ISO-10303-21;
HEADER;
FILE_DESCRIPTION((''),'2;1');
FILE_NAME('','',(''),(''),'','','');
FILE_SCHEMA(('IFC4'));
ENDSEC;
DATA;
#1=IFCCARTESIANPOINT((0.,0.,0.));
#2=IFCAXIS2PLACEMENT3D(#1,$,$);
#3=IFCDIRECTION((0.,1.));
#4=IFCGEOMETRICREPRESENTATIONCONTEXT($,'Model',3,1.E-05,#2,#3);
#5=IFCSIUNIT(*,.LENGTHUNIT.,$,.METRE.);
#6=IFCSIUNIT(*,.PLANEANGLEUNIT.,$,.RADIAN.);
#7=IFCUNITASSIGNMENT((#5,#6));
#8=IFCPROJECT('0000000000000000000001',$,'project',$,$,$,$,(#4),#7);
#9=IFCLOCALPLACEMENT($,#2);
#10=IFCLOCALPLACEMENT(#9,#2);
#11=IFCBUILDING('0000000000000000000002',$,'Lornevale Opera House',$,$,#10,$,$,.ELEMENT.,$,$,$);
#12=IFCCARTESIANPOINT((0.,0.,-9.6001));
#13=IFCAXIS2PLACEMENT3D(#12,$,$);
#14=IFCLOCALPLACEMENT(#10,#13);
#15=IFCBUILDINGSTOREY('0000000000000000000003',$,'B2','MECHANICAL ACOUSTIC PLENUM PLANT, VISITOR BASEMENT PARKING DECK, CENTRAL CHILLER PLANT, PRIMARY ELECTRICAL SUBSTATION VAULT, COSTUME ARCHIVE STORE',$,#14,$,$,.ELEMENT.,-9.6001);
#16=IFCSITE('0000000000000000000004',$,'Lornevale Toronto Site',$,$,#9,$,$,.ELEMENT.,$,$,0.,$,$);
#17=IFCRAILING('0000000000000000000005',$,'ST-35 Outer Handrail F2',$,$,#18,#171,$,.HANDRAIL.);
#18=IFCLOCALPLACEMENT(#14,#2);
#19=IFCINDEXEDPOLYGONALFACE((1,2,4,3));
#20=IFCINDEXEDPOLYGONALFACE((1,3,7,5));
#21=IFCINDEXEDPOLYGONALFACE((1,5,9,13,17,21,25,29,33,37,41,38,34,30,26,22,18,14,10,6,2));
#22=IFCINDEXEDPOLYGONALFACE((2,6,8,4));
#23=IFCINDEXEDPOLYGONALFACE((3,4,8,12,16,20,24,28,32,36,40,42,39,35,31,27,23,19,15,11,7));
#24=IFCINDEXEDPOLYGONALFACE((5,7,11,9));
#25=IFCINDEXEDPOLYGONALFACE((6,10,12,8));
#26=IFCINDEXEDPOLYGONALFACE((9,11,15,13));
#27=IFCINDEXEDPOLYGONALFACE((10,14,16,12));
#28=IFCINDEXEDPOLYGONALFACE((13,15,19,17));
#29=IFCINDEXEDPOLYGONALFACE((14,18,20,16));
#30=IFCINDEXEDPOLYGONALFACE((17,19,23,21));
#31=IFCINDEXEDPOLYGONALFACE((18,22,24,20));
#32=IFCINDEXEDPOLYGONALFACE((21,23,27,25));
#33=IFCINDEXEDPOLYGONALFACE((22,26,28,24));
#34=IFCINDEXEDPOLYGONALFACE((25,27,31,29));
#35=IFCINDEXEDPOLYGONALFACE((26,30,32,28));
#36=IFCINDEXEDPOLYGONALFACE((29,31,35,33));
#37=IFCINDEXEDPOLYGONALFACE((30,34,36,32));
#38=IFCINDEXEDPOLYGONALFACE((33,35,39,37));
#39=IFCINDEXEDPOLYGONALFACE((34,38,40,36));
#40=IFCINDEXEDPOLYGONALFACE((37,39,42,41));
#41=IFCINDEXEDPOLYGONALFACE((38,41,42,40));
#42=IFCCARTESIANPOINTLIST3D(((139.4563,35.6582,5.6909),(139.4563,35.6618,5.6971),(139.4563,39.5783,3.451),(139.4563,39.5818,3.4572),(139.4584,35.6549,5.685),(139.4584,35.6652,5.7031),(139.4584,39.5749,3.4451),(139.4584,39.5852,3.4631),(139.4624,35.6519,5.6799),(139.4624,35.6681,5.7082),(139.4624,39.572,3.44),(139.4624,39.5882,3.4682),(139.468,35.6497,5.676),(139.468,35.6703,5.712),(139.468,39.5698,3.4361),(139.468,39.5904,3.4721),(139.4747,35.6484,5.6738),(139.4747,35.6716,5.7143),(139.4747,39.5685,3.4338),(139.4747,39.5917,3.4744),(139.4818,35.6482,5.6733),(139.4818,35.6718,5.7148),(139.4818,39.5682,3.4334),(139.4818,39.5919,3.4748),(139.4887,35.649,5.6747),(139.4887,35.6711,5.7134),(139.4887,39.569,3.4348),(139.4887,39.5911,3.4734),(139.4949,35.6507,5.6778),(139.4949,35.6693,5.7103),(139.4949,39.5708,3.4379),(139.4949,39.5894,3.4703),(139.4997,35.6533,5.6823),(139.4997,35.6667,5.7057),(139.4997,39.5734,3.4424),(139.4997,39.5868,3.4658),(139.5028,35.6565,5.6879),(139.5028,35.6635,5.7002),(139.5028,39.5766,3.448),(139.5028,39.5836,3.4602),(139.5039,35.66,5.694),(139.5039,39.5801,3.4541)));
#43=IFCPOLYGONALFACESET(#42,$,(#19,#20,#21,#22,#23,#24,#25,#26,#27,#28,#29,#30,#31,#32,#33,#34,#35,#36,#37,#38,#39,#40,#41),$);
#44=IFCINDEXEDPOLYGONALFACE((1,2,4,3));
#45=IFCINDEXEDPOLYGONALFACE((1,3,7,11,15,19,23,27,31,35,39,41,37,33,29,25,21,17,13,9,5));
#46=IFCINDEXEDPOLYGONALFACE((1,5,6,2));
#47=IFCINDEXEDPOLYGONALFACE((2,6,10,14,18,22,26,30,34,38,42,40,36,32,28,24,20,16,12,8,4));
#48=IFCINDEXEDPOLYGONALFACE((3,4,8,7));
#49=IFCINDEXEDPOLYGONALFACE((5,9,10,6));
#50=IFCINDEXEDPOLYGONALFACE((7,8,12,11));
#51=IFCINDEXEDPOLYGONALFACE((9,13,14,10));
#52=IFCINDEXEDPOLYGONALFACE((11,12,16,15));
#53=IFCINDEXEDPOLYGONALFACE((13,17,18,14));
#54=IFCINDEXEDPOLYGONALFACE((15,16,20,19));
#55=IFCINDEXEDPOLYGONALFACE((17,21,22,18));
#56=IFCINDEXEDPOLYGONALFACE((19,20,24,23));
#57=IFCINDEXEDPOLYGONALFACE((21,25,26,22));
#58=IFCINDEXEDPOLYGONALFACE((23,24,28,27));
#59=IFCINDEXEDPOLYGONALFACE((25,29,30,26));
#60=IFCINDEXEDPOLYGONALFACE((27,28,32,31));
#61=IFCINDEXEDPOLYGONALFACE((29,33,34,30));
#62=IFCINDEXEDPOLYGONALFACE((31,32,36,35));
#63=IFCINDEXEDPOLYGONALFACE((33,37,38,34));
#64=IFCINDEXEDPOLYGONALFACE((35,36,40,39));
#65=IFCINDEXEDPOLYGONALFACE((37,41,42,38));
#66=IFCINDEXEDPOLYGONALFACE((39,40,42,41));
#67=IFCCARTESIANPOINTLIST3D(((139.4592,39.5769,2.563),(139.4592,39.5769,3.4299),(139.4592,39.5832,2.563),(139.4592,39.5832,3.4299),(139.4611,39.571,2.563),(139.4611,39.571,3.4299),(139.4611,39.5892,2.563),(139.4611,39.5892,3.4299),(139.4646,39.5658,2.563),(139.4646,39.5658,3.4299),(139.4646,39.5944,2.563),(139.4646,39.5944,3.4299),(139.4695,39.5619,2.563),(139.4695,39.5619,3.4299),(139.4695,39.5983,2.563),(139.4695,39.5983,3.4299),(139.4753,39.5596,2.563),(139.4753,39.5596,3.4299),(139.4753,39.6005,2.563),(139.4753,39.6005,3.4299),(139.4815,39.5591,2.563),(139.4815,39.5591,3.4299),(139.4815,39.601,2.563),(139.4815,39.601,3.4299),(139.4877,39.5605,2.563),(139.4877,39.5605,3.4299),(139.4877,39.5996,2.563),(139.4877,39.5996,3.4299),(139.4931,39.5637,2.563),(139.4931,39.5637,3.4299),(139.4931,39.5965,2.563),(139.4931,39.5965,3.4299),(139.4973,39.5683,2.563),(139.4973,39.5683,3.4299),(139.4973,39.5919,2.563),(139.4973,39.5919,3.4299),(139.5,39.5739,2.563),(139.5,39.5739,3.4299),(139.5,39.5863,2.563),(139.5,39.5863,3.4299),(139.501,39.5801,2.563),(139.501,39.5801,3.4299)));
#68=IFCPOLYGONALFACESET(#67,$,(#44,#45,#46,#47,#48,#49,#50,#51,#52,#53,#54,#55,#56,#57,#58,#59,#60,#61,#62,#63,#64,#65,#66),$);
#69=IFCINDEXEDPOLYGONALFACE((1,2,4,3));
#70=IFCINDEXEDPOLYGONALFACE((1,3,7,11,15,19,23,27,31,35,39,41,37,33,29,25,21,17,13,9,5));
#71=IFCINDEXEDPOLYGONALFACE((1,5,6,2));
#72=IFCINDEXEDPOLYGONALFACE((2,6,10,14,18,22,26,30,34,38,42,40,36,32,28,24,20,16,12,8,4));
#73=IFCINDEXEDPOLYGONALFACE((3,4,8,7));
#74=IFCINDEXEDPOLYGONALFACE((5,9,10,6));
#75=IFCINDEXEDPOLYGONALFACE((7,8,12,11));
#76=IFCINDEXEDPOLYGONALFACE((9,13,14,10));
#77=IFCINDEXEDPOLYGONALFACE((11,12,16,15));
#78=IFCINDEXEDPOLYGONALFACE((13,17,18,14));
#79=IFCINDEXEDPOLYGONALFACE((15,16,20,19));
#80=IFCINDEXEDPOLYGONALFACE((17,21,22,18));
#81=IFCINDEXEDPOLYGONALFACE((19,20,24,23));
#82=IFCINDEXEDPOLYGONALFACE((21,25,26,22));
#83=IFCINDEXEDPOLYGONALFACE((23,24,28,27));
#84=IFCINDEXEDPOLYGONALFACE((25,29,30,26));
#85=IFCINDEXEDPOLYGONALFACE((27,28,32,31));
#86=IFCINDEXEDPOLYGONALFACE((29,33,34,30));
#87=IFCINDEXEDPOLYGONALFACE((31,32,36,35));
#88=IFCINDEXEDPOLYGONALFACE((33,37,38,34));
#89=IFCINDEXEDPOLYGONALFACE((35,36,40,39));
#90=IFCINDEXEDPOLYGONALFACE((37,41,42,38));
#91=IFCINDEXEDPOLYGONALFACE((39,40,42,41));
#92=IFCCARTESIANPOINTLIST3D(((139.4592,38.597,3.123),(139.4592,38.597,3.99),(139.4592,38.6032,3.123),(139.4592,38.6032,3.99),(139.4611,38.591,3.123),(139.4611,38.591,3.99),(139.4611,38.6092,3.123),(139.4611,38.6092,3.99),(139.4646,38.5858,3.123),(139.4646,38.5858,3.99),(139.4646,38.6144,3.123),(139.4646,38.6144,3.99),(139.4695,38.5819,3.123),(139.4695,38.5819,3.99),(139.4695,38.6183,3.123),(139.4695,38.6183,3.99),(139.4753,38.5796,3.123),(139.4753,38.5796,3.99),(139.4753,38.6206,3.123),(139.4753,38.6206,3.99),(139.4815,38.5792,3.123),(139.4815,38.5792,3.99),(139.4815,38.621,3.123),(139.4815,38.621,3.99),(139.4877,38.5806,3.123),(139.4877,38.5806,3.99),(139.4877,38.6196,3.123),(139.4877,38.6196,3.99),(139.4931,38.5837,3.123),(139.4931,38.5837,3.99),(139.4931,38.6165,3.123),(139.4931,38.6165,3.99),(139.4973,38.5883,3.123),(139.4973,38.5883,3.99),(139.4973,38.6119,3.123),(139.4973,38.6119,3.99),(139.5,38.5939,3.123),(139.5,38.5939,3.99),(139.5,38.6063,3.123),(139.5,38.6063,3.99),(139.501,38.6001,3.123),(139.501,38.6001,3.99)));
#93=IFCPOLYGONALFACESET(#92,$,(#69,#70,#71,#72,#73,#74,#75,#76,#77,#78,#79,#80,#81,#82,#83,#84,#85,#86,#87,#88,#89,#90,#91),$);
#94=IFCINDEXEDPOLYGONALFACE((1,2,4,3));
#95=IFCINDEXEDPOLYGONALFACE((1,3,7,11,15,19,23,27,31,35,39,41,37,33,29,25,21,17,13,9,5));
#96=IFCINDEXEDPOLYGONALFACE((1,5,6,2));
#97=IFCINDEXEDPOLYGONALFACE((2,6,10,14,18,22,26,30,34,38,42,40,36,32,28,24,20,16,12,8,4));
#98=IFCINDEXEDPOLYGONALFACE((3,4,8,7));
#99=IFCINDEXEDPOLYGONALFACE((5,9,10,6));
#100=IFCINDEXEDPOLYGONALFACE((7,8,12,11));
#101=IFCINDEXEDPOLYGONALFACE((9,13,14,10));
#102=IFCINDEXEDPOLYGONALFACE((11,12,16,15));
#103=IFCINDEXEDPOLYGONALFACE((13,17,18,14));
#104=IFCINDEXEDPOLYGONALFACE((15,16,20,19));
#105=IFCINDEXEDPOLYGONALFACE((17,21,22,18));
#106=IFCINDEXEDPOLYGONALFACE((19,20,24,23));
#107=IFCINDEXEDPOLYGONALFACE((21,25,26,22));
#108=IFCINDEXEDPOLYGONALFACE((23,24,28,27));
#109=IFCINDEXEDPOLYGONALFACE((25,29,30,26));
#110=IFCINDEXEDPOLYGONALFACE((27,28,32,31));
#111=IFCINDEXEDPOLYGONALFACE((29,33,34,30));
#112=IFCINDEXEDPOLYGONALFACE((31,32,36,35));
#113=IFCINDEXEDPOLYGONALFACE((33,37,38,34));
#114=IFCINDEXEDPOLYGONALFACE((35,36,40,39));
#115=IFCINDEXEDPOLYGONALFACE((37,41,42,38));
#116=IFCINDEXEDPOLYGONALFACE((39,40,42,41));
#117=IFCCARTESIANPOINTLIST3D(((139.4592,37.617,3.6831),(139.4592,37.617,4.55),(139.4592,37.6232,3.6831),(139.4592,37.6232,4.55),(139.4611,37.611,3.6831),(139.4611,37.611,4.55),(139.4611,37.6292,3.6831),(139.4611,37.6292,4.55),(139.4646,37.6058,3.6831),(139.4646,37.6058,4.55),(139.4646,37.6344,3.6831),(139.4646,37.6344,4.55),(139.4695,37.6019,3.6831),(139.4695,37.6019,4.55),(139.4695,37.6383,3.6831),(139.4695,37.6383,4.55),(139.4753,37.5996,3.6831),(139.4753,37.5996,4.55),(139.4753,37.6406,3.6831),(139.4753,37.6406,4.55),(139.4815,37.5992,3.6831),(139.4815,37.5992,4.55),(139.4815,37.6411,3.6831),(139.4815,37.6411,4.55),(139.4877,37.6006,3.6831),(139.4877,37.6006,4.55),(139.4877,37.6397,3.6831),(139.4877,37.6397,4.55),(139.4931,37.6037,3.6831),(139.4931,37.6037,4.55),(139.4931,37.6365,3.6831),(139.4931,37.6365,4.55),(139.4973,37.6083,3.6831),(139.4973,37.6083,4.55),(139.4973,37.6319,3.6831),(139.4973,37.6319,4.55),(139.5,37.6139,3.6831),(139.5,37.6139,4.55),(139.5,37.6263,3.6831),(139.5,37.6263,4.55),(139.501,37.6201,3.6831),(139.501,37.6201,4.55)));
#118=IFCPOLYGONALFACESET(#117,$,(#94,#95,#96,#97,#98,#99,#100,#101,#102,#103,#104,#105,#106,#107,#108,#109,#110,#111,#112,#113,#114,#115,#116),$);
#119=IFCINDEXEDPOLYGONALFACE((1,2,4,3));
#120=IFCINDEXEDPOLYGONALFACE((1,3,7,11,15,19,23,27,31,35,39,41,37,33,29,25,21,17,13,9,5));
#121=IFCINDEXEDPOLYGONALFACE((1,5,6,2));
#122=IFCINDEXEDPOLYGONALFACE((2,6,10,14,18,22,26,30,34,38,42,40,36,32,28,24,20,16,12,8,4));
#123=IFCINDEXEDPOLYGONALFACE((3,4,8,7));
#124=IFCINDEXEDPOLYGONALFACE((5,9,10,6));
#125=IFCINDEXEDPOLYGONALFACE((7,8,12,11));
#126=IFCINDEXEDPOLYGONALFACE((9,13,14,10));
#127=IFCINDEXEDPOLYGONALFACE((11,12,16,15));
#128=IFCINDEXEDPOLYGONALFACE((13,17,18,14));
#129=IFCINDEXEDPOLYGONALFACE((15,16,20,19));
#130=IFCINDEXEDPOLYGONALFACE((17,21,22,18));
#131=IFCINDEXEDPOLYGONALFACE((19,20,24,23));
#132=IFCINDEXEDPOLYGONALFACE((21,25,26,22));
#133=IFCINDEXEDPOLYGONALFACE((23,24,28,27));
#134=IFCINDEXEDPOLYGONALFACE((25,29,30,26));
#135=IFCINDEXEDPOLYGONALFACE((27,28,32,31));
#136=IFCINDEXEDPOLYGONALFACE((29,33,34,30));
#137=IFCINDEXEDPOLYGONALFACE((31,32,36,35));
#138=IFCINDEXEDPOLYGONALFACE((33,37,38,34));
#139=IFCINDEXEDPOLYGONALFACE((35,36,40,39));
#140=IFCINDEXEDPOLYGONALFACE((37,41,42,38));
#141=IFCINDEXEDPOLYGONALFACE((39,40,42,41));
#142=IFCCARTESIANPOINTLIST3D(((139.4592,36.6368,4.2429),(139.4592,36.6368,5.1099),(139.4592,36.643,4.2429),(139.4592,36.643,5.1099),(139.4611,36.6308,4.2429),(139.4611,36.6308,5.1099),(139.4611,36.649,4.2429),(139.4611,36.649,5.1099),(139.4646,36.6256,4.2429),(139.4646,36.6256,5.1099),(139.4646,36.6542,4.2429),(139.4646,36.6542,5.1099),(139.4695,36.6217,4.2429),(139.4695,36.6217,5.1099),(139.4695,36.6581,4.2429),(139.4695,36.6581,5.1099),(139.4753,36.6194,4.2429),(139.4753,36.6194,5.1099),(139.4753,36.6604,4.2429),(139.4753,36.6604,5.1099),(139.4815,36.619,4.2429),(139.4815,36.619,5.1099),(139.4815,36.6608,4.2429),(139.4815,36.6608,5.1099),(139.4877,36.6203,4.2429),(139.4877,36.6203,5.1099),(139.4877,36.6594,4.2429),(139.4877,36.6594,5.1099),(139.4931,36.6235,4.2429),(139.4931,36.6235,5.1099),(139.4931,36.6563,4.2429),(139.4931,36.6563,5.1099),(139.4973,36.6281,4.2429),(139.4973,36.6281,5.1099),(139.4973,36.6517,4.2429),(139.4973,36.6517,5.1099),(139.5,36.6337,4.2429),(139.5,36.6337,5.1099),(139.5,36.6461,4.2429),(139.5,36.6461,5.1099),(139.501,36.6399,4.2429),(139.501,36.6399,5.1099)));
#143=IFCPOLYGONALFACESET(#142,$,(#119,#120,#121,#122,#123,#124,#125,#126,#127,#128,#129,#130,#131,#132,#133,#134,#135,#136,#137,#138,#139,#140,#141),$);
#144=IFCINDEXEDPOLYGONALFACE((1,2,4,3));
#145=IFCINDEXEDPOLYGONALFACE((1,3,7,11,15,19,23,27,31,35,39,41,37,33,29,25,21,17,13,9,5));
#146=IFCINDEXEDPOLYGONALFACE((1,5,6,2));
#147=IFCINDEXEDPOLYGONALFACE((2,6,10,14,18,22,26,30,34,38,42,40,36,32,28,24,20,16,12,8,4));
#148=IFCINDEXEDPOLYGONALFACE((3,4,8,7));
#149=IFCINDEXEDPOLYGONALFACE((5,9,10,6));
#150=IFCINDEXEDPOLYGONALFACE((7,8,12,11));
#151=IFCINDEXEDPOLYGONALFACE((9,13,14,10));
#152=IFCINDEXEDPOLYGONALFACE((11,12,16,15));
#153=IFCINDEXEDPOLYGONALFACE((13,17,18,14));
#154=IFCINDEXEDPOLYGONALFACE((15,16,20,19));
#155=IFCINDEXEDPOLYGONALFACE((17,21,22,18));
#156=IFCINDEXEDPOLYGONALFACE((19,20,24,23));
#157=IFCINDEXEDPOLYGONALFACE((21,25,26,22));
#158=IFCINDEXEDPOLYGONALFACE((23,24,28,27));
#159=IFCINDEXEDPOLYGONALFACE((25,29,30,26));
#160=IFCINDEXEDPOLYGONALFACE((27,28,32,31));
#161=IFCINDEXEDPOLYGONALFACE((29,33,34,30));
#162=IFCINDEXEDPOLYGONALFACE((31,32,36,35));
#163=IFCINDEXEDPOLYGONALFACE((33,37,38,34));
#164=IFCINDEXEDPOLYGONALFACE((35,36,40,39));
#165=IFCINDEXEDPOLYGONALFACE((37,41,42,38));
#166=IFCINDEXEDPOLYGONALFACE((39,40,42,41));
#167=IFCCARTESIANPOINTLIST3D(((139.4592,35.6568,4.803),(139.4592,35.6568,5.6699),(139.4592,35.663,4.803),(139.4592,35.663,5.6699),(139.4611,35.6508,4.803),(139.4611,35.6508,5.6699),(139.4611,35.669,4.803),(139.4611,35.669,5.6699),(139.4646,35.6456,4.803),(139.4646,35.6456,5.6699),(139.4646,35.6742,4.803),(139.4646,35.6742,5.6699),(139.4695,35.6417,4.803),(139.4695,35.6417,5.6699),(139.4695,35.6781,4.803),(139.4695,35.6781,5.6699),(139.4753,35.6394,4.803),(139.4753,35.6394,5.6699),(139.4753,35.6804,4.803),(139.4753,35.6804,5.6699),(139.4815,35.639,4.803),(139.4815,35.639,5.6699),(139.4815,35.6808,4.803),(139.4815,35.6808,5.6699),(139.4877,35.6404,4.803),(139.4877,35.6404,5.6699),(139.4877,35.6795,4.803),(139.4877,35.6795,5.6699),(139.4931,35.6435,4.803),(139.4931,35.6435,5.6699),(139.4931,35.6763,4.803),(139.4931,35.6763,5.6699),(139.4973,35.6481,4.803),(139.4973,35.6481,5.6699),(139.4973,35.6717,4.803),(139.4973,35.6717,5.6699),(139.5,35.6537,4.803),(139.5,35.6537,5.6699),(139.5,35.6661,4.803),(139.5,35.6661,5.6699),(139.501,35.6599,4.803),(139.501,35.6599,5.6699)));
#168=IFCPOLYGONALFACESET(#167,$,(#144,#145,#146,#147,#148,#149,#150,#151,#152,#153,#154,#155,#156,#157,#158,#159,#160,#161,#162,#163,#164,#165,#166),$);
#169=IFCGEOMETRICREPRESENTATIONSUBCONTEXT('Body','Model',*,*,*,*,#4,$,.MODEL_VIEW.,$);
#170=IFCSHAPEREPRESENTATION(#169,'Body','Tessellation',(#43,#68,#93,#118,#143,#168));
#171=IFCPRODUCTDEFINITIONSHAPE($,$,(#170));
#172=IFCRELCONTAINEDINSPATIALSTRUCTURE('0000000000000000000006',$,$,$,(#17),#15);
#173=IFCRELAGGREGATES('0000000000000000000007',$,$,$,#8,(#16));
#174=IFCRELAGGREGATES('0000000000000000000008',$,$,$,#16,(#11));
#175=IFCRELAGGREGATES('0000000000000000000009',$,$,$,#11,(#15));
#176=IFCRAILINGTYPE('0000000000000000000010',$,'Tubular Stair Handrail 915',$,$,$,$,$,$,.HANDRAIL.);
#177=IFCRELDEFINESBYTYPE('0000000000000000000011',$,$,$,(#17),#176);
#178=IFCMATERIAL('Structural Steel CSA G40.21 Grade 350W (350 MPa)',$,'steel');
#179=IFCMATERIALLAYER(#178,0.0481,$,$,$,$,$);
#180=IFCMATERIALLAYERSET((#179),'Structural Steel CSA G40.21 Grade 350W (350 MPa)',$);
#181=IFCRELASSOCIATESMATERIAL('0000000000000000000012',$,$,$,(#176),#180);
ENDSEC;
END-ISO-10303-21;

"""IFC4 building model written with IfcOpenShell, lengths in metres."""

from ifc_helpers import new_model, si_unit, direction, frame, origin, origin_2d, place, context, subcontext, project, spatial, circle, extrude, material, layer, layer_set, type_object, element, save


model = new_model("IFC4")

# Units and contexts
model_context = context("Model", 3, precision=1e-05, world=origin(), true_north=direction((0.0, 1.0)))
body_context = subcontext(model_context, "Body", "Model", "MODEL_VIEW")
ifc_project = project(units=[si_unit("LENGTHUNIT", "METRE"), si_unit("PLANEANGLEUNIT", "RADIAN")], contexts=[model_context])

# Site, building, storey
site_placement = place(None, origin())
site = spatial("IfcSite", under=ifc_project, at=site_placement, Name="Lornevale Toronto Site", CompositionType="ELEMENT", RefElevation=0.0)
building_placement = place(site_placement, origin())
building = spatial("IfcBuilding", under=site, at=building_placement, Name="Lornevale Opera House", CompositionType="ELEMENT")
storey_placement = place(building_placement, frame((0.0, 0.0, -9.6001)))
storey = spatial("IfcBuildingStorey", under=building, at=storey_placement, Name="B2", Description="MECHANICAL ACOUSTIC PLENUM PLANT, VISITOR BASEMENT PARKING DECK, CENTRAL CHILLER PLANT, PRIMARY ELECTRICAL SUBSTATION VAULT, COSTUME ARCHIVE STORE", CompositionType="ELEMENT", Elevation=-9.6001)

# Railing
ifc_material_1 = material(Name="Structural Steel CSA G40.21 Grade 350W (350 MPa)", Category="steel")
ifc_layer_1 = layer(ifc_material_1, 0.0481)
ifc_layer_set_1 = layer_set([ifc_layer_1], Name="Structural Steel CSA G40.21 Grade 350W (350 MPa)")
railing_type_1 = type_object("IfcRailingType", Name="Tubular Stair Handrail 915", PredefinedType="HANDRAIL", material=ifc_layer_set_1)
railing_1_placement = place(storey_placement, frame((139.48, 39.5801, 2.563)))
element("IfcRailing", 1, at=railing_1_placement, inside=storey, type_object=railing_type_1, Name="ST-35 Outer Handrail F2", PredefinedType="HANDRAIL", context=body_context, shape_type="SweptSolid", body=[
    extrude(circle(Radius=0.0239, at=origin_2d()), frame((0.0, 0.0, 0.8911), z_axis=(0.0, -0.868253, 0.496121), x_axis=(1.0, 0.0, 0.0)), (0.0, 0.0, 1.0), 4.5149),
    extrude(circle(Radius=0.021, at=origin_2d()), origin(), (0.0, 0.0, 1.0), 0.8669),
    extrude(circle(Radius=0.021, at=origin_2d()), frame((0.0, -0.98, 0.5601)), (0.0, 0.0, 1.0), 0.8669),
    extrude(circle(Radius=0.021, at=origin_2d()), frame((0.0, -1.96, 1.1201)), (0.0, 0.0, 1.0), 0.8669),
    extrude(circle(Radius=0.021, at=origin_2d()), frame((0.0, -2.9402, 1.6799)), (0.0, 0.0, 1.0), 0.8669),
    extrude(circle(Radius=0.021, at=origin_2d()), frame((0.0, -3.9202, 2.24)), (0.0, 0.0, 1.0), 0.8669),
])

save(model, "model.ifc")
